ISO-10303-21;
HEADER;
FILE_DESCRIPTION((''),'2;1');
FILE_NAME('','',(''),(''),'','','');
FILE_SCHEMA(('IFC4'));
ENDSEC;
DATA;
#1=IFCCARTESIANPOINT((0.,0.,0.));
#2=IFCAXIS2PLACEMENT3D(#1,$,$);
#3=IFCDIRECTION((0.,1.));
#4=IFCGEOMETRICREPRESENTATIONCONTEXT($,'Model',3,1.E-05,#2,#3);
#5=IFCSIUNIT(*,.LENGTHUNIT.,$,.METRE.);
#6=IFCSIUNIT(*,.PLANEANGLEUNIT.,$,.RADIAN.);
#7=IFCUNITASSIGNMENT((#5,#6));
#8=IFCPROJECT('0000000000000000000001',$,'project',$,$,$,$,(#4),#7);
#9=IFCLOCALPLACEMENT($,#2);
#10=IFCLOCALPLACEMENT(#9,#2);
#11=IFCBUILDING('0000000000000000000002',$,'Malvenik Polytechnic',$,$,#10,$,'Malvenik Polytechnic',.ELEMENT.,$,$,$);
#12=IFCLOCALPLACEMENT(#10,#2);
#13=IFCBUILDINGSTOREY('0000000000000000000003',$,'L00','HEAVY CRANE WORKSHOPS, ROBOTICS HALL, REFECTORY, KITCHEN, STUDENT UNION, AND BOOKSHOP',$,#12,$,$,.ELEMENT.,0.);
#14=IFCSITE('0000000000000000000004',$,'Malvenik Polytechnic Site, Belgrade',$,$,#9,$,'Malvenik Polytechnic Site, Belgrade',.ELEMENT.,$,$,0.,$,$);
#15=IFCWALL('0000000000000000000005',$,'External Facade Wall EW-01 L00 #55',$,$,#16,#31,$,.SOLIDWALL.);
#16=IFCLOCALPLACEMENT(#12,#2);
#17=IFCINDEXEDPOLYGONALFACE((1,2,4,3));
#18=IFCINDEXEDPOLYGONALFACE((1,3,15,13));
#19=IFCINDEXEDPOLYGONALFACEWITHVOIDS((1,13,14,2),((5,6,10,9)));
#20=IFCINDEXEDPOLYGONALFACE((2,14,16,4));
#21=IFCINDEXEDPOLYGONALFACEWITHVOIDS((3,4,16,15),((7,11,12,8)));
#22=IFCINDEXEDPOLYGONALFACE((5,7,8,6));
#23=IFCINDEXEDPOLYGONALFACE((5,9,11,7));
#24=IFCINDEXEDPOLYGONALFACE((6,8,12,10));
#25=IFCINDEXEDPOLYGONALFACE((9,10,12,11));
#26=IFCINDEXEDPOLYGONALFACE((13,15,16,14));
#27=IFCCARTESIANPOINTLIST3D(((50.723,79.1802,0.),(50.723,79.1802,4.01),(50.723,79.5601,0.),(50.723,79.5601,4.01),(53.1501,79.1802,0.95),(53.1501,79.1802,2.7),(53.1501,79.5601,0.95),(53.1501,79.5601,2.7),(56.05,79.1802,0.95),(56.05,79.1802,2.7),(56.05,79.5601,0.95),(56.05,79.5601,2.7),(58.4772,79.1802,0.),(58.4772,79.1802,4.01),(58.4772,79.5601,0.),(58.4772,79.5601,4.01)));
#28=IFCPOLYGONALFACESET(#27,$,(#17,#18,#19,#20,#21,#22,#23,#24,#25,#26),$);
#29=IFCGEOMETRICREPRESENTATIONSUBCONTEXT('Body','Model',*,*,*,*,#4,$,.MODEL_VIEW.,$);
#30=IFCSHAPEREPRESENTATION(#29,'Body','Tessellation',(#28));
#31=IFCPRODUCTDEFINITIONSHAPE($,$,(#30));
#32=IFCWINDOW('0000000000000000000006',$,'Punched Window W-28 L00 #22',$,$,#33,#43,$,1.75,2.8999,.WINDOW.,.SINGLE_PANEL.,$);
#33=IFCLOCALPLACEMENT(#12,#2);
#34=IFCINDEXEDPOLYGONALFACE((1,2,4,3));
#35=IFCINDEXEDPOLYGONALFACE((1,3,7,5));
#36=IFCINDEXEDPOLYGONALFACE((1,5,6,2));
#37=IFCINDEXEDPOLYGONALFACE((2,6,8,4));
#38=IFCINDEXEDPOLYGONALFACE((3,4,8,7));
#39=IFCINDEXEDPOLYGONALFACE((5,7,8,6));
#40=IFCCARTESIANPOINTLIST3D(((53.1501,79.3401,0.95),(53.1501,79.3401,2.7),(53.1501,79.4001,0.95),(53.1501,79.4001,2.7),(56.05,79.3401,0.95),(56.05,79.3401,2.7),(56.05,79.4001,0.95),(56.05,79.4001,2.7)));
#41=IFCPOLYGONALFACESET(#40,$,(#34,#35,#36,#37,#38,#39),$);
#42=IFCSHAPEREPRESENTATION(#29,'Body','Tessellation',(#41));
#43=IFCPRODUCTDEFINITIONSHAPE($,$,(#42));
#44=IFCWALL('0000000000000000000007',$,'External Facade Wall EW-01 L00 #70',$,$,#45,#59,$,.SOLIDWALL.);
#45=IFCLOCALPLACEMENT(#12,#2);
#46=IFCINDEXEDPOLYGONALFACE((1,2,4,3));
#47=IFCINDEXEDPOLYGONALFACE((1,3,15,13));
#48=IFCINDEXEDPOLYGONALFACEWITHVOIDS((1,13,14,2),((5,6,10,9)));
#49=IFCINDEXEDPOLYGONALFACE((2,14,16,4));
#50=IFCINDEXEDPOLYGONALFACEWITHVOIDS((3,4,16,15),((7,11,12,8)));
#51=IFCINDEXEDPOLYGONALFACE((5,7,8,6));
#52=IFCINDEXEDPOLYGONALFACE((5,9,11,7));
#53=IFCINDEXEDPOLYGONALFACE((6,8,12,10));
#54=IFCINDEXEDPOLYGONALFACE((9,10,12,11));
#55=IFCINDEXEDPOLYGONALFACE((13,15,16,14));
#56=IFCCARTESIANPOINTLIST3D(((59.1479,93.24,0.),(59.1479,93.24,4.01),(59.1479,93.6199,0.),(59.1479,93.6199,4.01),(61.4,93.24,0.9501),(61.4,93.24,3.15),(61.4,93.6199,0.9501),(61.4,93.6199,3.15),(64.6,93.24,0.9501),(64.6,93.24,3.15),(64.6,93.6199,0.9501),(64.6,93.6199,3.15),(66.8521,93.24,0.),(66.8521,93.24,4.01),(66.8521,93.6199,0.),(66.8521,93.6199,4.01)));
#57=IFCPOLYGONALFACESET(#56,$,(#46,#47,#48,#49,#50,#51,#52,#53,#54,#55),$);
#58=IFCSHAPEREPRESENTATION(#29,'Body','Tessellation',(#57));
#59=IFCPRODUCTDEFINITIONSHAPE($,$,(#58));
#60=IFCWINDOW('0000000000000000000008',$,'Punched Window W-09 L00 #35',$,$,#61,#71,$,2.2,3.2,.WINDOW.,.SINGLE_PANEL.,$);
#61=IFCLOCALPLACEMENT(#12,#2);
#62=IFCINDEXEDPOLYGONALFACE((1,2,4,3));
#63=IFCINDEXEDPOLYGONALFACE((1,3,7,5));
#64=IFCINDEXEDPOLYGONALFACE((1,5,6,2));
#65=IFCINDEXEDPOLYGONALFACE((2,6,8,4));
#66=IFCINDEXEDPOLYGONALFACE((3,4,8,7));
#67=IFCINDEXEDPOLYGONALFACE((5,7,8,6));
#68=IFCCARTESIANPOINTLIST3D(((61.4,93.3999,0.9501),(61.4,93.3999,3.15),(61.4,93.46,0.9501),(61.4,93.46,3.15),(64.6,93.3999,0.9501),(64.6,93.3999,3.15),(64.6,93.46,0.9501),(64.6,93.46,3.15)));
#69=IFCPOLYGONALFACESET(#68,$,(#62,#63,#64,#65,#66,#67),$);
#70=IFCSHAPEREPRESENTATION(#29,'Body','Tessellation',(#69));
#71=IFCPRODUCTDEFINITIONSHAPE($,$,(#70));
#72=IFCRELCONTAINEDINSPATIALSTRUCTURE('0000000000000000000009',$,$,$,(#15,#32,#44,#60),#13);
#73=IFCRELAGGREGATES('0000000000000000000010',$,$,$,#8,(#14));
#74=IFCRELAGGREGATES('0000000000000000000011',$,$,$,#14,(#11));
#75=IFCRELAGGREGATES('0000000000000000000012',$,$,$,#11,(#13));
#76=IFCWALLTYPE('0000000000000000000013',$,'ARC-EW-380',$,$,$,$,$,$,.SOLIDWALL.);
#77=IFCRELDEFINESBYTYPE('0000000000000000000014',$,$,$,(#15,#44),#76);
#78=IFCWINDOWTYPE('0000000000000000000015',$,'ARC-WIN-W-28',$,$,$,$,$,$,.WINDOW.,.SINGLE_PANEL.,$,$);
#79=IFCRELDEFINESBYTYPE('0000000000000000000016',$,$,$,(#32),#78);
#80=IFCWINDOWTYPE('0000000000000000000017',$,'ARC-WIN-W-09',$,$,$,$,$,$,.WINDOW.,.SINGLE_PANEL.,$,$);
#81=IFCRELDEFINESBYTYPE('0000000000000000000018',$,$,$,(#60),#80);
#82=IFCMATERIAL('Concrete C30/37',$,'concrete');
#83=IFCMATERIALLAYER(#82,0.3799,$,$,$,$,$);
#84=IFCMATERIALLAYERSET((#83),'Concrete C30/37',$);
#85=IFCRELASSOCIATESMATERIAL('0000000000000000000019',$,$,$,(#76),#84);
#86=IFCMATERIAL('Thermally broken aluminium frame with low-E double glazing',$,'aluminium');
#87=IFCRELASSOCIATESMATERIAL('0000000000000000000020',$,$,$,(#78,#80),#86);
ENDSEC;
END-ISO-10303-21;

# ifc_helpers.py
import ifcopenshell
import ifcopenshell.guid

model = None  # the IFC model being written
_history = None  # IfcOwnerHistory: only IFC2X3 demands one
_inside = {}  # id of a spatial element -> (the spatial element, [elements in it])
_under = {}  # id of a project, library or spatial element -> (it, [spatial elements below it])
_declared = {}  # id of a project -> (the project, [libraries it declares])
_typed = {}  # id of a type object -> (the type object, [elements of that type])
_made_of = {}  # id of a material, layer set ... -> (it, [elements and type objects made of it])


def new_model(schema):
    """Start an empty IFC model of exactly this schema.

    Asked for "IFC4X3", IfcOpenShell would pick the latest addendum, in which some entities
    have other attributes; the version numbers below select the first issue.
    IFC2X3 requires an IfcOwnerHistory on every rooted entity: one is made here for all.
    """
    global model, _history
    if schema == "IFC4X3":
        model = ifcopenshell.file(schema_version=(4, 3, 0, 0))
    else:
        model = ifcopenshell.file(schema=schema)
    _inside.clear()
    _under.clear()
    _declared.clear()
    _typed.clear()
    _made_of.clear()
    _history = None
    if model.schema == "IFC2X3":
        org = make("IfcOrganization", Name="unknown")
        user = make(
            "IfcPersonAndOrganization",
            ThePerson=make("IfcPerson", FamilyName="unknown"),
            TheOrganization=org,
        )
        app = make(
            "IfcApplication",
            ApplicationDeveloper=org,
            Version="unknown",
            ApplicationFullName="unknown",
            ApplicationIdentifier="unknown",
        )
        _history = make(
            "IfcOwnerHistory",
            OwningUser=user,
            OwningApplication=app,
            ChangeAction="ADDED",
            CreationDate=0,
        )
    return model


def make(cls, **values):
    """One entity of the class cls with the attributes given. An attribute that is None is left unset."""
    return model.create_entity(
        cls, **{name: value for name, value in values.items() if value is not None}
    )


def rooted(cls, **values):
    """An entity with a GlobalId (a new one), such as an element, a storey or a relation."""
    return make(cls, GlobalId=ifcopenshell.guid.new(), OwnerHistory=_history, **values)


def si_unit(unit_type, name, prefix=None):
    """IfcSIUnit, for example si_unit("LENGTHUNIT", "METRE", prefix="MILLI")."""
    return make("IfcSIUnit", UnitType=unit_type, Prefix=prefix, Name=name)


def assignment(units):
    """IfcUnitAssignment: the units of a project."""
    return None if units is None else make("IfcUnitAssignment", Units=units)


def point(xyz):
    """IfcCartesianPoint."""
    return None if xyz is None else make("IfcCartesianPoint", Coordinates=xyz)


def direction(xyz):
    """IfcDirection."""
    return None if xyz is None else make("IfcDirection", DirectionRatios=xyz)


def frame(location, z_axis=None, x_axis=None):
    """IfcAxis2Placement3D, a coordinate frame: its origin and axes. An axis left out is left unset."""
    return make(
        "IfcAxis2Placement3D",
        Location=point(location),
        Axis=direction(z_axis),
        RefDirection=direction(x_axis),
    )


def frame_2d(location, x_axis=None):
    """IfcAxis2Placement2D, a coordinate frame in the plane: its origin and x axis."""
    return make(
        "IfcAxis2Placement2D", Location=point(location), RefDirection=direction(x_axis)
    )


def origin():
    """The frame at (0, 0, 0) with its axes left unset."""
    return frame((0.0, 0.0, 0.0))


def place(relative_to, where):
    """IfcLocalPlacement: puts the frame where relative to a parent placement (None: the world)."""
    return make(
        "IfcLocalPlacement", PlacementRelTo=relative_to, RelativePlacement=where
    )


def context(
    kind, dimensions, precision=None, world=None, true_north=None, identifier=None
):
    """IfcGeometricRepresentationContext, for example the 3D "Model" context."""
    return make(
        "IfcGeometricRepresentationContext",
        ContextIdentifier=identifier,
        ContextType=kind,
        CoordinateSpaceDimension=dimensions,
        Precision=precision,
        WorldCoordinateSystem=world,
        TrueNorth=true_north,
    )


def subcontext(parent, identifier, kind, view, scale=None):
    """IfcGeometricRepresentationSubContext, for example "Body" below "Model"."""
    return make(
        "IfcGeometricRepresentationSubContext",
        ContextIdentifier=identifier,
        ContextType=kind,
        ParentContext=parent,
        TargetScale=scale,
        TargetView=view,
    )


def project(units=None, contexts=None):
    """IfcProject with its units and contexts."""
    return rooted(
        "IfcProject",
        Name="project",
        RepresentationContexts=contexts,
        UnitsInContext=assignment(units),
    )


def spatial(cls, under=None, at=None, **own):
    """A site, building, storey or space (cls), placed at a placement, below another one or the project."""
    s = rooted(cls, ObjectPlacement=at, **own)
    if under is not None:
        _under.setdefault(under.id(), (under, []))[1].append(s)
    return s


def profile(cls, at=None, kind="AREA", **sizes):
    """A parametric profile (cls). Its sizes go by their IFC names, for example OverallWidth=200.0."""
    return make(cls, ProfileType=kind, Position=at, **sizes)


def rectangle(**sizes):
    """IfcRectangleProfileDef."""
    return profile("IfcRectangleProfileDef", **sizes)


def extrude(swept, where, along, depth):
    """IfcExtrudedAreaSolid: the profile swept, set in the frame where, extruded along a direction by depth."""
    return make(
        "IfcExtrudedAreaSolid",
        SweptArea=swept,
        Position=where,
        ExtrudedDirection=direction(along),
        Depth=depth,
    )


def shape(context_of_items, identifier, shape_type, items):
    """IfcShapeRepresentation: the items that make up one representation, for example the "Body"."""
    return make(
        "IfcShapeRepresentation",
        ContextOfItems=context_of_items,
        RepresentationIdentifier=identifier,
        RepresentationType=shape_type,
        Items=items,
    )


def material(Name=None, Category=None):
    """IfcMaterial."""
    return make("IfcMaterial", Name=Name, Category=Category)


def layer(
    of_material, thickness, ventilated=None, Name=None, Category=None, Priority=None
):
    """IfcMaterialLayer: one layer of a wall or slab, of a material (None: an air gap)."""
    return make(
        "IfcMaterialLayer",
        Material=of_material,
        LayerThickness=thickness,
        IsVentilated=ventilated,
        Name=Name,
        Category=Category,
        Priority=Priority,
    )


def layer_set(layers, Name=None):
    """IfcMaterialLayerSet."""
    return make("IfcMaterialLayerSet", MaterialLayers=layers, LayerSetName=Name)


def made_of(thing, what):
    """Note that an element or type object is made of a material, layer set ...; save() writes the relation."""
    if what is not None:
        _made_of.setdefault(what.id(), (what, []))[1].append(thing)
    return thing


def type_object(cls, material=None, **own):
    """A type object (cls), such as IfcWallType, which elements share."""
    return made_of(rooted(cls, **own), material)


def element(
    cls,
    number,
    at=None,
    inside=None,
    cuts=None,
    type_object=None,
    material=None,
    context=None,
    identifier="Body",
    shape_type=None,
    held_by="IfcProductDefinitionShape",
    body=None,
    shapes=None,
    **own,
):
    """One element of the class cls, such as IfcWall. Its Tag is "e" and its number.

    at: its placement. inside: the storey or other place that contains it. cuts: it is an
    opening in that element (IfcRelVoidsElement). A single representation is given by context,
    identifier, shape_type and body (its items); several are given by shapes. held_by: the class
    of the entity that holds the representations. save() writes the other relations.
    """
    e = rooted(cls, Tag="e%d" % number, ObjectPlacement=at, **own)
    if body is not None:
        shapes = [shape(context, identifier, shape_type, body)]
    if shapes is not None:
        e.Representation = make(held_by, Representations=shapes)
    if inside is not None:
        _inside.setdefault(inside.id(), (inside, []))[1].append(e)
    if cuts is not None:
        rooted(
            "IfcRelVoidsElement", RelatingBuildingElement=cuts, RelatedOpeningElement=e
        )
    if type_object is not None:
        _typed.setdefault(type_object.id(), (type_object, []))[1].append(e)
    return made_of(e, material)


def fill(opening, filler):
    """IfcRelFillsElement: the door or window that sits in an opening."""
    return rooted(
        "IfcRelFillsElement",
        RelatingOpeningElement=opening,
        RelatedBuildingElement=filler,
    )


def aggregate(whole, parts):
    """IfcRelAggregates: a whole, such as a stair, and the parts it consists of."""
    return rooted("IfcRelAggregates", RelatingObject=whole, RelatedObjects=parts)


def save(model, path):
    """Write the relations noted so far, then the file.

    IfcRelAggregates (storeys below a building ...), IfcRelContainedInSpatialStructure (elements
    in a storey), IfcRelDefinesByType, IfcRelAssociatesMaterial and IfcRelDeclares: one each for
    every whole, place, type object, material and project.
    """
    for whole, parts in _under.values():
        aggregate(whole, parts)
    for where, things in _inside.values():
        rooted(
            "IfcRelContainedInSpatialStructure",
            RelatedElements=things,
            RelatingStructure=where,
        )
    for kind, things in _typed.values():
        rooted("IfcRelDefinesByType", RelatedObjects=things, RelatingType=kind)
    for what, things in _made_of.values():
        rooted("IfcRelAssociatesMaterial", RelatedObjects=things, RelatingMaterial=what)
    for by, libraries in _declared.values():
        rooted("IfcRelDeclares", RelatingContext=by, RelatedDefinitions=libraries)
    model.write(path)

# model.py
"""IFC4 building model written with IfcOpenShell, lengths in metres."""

from ifc_helpers import new_model, si_unit, direction, frame, frame_2d, origin, place, context, subcontext, project, spatial, rectangle, extrude, material, layer, layer_set, type_object, element, fill, save


model = new_model("IFC4")

# Units and contexts
model_context = context("Model", 3, precision=1e-05, world=origin(), true_north=direction((0.0, 1.0)))
body_context = subcontext(model_context, "Body", "Model", "MODEL_VIEW")
ifc_project = project(units=[si_unit("LENGTHUNIT", "METRE"), si_unit("PLANEANGLEUNIT", "RADIAN")], contexts=[model_context])

# Site, building, storey
site_placement = place(None, origin())
site = spatial("IfcSite", under=ifc_project, at=site_placement, Name="Malvenik Polytechnic Site, Belgrade", LongName="Malvenik Polytechnic Site, Belgrade", CompositionType="ELEMENT", RefElevation=0.0)
building_placement = place(site_placement, origin())
building = spatial("IfcBuilding", under=site, at=building_placement, Name="Malvenik Polytechnic", LongName="Malvenik Polytechnic", CompositionType="ELEMENT")
storey_placement = place(building_placement, origin())
storey = spatial("IfcBuildingStorey", under=building, at=storey_placement, Name="L00", Description="HEAVY CRANE WORKSHOPS, ROBOTICS HALL, REFECTORY, KITCHEN, STUDENT UNION, AND BOOKSHOP", CompositionType="ELEMENT", Elevation=0.0)

# Shared definitions
ifc_material_1 = material(Name="Concrete C30/37", Category="concrete")

# Shared definitions
ifc_layer = layer(ifc_material_1, 0.3799)
ifc_layer_set = layer_set([ifc_layer], Name="Concrete C30/37")
wall_type = type_object("IfcWallType", Name="ARC-EW-380", PredefinedType="SOLIDWALL", material=ifc_layer_set)

# Wall, opening, window
wall_1_placement = place(storey_placement, frame((58.4771, 79.3701, 0.0), z_axis=(0.0, 0.0, 1.0), x_axis=(-1.0, 0.0, 0.0)))
wall_1 = element("IfcWall", 1, at=wall_1_placement, inside=storey, type_object=wall_type, Name="External Facade Wall EW-01 L00 #55", PredefinedType="SOLIDWALL", context=body_context, shape_type="SweptSolid", body=[
    extrude(rectangle(XDim=7.7542, YDim=0.3799, at=frame_2d((3.877, 0.0))), origin(), (0.0, 0.0, 1.0), 4.01),
])
opening_1_placement = place(wall_1_placement, frame((2.427, 0.0, 0.95)))
opening_1 = element("IfcOpeningElement", 2, at=opening_1_placement, cuts=wall_1, PredefinedType="OPENING", context=body_context, shape_type="SweptSolid", body=[
    extrude(rectangle(XDim=2.8999, YDim=1.75, at=frame_2d((1.45, 0.875))), frame((0.0, 0.2, 0.0), z_axis=(0.0, -1.0, 0.0), x_axis=(1.0, 0.0, 0.0)), (0.0, 0.0, 1.0), 0.3999),
])
ifc_material_2 = material(Name="Thermally broken aluminium frame with low-E double glazing", Category="aluminium")
window_type_1 = type_object("IfcWindowType", Name="ARC-WIN-W-28", PartitioningType="SINGLE_PANEL", PredefinedType="WINDOW", material=ifc_material_2)
window_1_placement = place(opening_1_placement, origin())
window_1 = element("IfcWindow", 3, at=window_1_placement, inside=storey, type_object=window_type_1, Name="Punched Window W-28 L00 #22", OverallHeight=1.75, OverallWidth=2.8999, PartitioningType="SINGLE_PANEL", PredefinedType="WINDOW", context=body_context, shape_type="SweptSolid", body=[
    extrude(rectangle(XDim=2.8999, YDim=1.75, at=frame_2d((1.45, 0.875))), frame((0.0, 0.03, 0.0), z_axis=(0.0, -1.0, 0.0), x_axis=(1.0, 0.0, 0.0)), (0.0, 0.0, 1.0), 0.0601),
])
fill(opening_1, window_1)

# Wall, opening, window
wall_2_placement = place(storey_placement, frame((59.1479, 93.4299, 0.0), z_axis=(0.0, 0.0, 1.0), x_axis=(1.0, 0.0, 0.0)))
wall_2 = element("IfcWall", 4, at=wall_2_placement, inside=storey, type_object=wall_type, Name="External Facade Wall EW-01 L00 #70", PredefinedType="SOLIDWALL", context=body_context, shape_type="SweptSolid", body=[
    extrude(rectangle(XDim=7.7041, YDim=0.3799, at=frame_2d((3.8521, 0.0))), origin(), (0.0, 0.0, 1.0), 4.01),
])
opening_2_placement = place(wall_2_placement, frame((2.252, 0.0, 0.95)))
opening_2 = element("IfcOpeningElement", 5, at=opening_2_placement, cuts=wall_2, PredefinedType="OPENING", context=body_context, shape_type="SweptSolid", body=[
    extrude(rectangle(XDim=3.2, YDim=2.2, at=frame_2d((1.6001, 1.1001))), frame((0.0, 0.2, 0.0), z_axis=(0.0, -1.0, 0.0), x_axis=(1.0, 0.0, 0.0)), (0.0, 0.0, 1.0), 0.3999),
])
window_type_2 = type_object("IfcWindowType", Name="ARC-WIN-W-09", PartitioningType="SINGLE_PANEL", PredefinedType="WINDOW", material=ifc_material_2)
window_2_placement = place(opening_2_placement, origin())
window_2 = element("IfcWindow", 6, at=window_2_placement, inside=storey, type_object=window_type_2, Name="Punched Window W-09 L00 #35", OverallHeight=2.2, OverallWidth=3.2, PartitioningType="SINGLE_PANEL", PredefinedType="WINDOW", context=body_context, shape_type="SweptSolid", body=[
    extrude(rectangle(XDim=3.2, YDim=2.2, at=frame_2d((1.6001, 1.1001))), frame((0.0, 0.03, 0.0), z_axis=(0.0, -1.0, 0.0), x_axis=(1.0, 0.0, 0.0)), (0.0, 0.0, 1.0), 0.0601),
])
fill(opening_2, window_2)

save(model, "model.ifc")
